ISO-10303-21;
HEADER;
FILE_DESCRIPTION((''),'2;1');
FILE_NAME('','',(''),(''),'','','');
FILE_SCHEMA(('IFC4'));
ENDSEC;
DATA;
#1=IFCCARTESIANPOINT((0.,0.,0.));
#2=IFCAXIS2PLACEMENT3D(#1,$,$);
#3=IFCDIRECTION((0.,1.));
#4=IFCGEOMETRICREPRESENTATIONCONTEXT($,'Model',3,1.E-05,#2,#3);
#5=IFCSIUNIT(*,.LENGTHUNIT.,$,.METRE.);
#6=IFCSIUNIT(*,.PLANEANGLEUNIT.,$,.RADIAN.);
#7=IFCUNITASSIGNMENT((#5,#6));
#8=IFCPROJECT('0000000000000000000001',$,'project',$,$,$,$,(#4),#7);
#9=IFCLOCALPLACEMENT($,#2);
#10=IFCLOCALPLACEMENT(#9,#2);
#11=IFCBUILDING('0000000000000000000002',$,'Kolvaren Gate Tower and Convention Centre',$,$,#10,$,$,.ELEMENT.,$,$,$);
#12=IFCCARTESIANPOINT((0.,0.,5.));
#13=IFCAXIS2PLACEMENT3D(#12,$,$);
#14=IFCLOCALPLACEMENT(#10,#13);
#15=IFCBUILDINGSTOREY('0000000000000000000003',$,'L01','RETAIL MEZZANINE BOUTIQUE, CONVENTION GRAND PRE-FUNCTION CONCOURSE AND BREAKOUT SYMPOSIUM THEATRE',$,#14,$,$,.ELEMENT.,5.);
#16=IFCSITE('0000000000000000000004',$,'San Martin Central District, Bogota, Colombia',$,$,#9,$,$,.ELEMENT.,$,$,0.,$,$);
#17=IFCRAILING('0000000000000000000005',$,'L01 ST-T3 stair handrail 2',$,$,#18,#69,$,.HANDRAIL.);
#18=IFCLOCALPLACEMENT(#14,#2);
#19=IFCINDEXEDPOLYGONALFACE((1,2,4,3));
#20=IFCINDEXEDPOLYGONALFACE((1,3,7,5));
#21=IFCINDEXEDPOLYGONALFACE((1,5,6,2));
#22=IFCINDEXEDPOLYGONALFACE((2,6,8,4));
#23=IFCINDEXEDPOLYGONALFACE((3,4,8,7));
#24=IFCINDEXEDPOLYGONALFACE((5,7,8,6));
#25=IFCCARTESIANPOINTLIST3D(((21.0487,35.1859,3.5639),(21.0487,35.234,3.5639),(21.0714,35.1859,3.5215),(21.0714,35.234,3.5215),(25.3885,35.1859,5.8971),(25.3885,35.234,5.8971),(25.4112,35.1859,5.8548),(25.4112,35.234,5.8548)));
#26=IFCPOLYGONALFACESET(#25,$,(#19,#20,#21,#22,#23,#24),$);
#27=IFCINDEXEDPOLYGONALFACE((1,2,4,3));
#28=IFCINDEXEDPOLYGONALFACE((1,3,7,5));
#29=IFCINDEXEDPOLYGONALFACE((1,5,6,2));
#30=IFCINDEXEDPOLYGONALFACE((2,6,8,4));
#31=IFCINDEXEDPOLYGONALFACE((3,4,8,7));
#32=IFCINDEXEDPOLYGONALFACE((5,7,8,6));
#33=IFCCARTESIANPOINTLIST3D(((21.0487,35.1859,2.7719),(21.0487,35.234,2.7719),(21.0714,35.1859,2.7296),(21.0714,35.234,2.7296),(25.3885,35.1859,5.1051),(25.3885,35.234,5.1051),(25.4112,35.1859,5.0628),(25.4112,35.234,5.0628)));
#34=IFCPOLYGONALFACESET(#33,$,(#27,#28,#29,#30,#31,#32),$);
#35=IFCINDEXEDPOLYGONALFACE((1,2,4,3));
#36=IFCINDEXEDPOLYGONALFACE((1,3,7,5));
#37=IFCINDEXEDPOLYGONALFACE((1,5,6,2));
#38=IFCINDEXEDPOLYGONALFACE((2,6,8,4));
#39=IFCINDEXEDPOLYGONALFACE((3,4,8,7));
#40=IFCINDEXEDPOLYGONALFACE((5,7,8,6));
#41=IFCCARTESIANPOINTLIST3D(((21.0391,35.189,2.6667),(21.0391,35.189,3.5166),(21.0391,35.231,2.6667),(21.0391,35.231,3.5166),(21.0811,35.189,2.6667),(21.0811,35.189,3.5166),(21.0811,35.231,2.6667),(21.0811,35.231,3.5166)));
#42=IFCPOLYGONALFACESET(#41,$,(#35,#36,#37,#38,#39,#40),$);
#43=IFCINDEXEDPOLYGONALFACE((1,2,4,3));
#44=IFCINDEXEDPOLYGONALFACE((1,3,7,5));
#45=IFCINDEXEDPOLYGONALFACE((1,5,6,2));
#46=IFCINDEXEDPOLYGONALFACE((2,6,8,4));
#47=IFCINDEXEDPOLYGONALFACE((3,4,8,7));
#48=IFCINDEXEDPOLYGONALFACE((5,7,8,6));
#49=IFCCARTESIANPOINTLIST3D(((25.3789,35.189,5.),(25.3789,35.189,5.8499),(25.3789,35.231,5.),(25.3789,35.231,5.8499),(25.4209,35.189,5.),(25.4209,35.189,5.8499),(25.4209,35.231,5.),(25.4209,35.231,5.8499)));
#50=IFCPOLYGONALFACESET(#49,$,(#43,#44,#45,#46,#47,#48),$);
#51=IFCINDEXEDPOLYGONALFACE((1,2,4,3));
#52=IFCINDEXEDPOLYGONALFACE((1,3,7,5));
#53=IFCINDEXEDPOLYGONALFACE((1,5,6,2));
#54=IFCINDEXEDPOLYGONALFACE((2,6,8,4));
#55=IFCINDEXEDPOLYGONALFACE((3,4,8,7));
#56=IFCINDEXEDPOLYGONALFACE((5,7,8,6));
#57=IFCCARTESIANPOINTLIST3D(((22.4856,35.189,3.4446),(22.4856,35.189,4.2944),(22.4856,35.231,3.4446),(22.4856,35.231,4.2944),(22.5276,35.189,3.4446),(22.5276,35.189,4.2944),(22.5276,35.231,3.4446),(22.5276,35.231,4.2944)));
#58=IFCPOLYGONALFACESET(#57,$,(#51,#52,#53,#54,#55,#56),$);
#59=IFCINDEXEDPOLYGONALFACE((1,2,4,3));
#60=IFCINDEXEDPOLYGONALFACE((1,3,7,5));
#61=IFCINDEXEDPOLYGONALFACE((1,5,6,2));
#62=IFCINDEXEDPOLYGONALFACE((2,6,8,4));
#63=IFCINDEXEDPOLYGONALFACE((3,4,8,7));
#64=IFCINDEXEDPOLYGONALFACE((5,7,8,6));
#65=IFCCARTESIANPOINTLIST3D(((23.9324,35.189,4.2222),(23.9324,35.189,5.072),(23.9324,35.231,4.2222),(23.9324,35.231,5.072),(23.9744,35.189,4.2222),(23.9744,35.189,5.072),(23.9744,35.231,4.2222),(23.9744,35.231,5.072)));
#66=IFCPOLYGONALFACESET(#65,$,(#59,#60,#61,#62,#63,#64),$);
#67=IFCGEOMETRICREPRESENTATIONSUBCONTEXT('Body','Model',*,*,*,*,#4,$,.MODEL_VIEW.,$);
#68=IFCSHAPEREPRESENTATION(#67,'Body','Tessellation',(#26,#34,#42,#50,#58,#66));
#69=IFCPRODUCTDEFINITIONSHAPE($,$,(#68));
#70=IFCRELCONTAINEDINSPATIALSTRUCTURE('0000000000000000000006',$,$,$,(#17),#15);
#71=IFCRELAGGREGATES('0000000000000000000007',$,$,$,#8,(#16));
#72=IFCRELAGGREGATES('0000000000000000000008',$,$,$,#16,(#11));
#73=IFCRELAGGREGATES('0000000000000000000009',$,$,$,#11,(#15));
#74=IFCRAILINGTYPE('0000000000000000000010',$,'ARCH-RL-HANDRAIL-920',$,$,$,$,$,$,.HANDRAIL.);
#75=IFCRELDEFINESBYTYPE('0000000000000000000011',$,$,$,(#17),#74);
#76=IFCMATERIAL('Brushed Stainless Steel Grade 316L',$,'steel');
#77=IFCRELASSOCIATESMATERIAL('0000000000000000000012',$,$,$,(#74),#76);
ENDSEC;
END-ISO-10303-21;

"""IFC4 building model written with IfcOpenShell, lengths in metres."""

from ifc_helpers import new_model, si_unit, direction, frame, origin, origin_2d, place, context, subcontext, project, spatial, rectangle, extrude, material, type_object, element, save


model = new_model("IFC4")

# Units and contexts
model_context = context("Model", 3, precision=1e-05, world=origin(), true_north=direction((0.0, 1.0)))
body_context = subcontext(model_context, "Body", "Model", "MODEL_VIEW")
ifc_project = project(units=[si_unit("LENGTHUNIT", "METRE"), si_unit("PLANEANGLEUNIT", "RADIAN")], contexts=[model_context])

# Site, building, storey
site_placement = place(None, origin())
site = spatial("IfcSite", under=ifc_project, at=site_placement, Name="San Martin Central District, Bogota, Colombia", CompositionType="ELEMENT", RefElevation=0.0)
building_placement = place(site_placement, origin())
building = spatial("IfcBuilding", under=site, at=building_placement, Name="Kolvaren Gate Tower and Convention Centre", CompositionType="ELEMENT")
storey_placement = place(building_placement, frame((0.0, 0.0, 5.0)))
storey = spatial("IfcBuildingStorey", under=building, at=storey_placement, Name="L01", Description="RETAIL MEZZANINE BOUTIQUE, CONVENTION GRAND PRE-FUNCTION CONCOURSE AND BREAKOUT SYMPOSIUM THEATRE", CompositionType="ELEMENT", Elevation=5.0)

# Railing
ifc_material_1 = material(Name="Brushed Stainless Steel Grade 316L", Category="steel")
railing_type_1 = type_object("IfcRailingType", Name="ARCH-RL-HANDRAIL-920", PredefinedType="HANDRAIL", material=ifc_material_1)
railing_1_placement = place(storey_placement, frame((21.0601, 35.21, 2.6667)))
element("IfcRailing", 1, at=railing_1_placement, inside=storey, type_object=railing_type_1, Name="L01 ST-T3 stair handrail 2", PredefinedType="HANDRAIL", context=body_context, shape_type="SweptSolid", body=[
    extrude(rectangle(XDim=0.0481, YDim=0.0481, at=origin_2d()), frame((0.0, 0.0, 0.876), z_axis=(0.880775, 0.0, 0.473535), x_axis=(0.0, 1.0, 0.0)), (0.0, 0.0, 1.0), 4.9272),
    extrude(rectangle(XDim=0.0481, YDim=0.0481, at=origin_2d()), frame((0.0, 0.0, 0.084), z_axis=(0.880775, 0.0, 0.473535), x_axis=(0.0, 1.0, 0.0)), (0.0, 0.0, 1.0), 4.9272),
    extrude(rectangle(XDim=0.042, YDim=0.042, at=origin_2d()), origin(), (0.0, 0.0, 1.0), 0.8499),
    extrude(rectangle(XDim=0.042, YDim=0.042, at=origin_2d()), frame((4.3398, 0.0, 2.3333)), (0.0, 0.0, 1.0), 0.8499),
    extrude(rectangle(XDim=0.042, YDim=0.042, at=origin_2d()), frame((1.4465, 0.0, 0.7778)), (0.0, 0.0, 1.0), 0.8499),
    extrude(rectangle(XDim=0.042, YDim=0.042, at=origin_2d()), frame((2.8933, 0.0, 1.5554)), (0.0, 0.0, 1.0), 0.8499),
])

save(model, "model.ifc")
